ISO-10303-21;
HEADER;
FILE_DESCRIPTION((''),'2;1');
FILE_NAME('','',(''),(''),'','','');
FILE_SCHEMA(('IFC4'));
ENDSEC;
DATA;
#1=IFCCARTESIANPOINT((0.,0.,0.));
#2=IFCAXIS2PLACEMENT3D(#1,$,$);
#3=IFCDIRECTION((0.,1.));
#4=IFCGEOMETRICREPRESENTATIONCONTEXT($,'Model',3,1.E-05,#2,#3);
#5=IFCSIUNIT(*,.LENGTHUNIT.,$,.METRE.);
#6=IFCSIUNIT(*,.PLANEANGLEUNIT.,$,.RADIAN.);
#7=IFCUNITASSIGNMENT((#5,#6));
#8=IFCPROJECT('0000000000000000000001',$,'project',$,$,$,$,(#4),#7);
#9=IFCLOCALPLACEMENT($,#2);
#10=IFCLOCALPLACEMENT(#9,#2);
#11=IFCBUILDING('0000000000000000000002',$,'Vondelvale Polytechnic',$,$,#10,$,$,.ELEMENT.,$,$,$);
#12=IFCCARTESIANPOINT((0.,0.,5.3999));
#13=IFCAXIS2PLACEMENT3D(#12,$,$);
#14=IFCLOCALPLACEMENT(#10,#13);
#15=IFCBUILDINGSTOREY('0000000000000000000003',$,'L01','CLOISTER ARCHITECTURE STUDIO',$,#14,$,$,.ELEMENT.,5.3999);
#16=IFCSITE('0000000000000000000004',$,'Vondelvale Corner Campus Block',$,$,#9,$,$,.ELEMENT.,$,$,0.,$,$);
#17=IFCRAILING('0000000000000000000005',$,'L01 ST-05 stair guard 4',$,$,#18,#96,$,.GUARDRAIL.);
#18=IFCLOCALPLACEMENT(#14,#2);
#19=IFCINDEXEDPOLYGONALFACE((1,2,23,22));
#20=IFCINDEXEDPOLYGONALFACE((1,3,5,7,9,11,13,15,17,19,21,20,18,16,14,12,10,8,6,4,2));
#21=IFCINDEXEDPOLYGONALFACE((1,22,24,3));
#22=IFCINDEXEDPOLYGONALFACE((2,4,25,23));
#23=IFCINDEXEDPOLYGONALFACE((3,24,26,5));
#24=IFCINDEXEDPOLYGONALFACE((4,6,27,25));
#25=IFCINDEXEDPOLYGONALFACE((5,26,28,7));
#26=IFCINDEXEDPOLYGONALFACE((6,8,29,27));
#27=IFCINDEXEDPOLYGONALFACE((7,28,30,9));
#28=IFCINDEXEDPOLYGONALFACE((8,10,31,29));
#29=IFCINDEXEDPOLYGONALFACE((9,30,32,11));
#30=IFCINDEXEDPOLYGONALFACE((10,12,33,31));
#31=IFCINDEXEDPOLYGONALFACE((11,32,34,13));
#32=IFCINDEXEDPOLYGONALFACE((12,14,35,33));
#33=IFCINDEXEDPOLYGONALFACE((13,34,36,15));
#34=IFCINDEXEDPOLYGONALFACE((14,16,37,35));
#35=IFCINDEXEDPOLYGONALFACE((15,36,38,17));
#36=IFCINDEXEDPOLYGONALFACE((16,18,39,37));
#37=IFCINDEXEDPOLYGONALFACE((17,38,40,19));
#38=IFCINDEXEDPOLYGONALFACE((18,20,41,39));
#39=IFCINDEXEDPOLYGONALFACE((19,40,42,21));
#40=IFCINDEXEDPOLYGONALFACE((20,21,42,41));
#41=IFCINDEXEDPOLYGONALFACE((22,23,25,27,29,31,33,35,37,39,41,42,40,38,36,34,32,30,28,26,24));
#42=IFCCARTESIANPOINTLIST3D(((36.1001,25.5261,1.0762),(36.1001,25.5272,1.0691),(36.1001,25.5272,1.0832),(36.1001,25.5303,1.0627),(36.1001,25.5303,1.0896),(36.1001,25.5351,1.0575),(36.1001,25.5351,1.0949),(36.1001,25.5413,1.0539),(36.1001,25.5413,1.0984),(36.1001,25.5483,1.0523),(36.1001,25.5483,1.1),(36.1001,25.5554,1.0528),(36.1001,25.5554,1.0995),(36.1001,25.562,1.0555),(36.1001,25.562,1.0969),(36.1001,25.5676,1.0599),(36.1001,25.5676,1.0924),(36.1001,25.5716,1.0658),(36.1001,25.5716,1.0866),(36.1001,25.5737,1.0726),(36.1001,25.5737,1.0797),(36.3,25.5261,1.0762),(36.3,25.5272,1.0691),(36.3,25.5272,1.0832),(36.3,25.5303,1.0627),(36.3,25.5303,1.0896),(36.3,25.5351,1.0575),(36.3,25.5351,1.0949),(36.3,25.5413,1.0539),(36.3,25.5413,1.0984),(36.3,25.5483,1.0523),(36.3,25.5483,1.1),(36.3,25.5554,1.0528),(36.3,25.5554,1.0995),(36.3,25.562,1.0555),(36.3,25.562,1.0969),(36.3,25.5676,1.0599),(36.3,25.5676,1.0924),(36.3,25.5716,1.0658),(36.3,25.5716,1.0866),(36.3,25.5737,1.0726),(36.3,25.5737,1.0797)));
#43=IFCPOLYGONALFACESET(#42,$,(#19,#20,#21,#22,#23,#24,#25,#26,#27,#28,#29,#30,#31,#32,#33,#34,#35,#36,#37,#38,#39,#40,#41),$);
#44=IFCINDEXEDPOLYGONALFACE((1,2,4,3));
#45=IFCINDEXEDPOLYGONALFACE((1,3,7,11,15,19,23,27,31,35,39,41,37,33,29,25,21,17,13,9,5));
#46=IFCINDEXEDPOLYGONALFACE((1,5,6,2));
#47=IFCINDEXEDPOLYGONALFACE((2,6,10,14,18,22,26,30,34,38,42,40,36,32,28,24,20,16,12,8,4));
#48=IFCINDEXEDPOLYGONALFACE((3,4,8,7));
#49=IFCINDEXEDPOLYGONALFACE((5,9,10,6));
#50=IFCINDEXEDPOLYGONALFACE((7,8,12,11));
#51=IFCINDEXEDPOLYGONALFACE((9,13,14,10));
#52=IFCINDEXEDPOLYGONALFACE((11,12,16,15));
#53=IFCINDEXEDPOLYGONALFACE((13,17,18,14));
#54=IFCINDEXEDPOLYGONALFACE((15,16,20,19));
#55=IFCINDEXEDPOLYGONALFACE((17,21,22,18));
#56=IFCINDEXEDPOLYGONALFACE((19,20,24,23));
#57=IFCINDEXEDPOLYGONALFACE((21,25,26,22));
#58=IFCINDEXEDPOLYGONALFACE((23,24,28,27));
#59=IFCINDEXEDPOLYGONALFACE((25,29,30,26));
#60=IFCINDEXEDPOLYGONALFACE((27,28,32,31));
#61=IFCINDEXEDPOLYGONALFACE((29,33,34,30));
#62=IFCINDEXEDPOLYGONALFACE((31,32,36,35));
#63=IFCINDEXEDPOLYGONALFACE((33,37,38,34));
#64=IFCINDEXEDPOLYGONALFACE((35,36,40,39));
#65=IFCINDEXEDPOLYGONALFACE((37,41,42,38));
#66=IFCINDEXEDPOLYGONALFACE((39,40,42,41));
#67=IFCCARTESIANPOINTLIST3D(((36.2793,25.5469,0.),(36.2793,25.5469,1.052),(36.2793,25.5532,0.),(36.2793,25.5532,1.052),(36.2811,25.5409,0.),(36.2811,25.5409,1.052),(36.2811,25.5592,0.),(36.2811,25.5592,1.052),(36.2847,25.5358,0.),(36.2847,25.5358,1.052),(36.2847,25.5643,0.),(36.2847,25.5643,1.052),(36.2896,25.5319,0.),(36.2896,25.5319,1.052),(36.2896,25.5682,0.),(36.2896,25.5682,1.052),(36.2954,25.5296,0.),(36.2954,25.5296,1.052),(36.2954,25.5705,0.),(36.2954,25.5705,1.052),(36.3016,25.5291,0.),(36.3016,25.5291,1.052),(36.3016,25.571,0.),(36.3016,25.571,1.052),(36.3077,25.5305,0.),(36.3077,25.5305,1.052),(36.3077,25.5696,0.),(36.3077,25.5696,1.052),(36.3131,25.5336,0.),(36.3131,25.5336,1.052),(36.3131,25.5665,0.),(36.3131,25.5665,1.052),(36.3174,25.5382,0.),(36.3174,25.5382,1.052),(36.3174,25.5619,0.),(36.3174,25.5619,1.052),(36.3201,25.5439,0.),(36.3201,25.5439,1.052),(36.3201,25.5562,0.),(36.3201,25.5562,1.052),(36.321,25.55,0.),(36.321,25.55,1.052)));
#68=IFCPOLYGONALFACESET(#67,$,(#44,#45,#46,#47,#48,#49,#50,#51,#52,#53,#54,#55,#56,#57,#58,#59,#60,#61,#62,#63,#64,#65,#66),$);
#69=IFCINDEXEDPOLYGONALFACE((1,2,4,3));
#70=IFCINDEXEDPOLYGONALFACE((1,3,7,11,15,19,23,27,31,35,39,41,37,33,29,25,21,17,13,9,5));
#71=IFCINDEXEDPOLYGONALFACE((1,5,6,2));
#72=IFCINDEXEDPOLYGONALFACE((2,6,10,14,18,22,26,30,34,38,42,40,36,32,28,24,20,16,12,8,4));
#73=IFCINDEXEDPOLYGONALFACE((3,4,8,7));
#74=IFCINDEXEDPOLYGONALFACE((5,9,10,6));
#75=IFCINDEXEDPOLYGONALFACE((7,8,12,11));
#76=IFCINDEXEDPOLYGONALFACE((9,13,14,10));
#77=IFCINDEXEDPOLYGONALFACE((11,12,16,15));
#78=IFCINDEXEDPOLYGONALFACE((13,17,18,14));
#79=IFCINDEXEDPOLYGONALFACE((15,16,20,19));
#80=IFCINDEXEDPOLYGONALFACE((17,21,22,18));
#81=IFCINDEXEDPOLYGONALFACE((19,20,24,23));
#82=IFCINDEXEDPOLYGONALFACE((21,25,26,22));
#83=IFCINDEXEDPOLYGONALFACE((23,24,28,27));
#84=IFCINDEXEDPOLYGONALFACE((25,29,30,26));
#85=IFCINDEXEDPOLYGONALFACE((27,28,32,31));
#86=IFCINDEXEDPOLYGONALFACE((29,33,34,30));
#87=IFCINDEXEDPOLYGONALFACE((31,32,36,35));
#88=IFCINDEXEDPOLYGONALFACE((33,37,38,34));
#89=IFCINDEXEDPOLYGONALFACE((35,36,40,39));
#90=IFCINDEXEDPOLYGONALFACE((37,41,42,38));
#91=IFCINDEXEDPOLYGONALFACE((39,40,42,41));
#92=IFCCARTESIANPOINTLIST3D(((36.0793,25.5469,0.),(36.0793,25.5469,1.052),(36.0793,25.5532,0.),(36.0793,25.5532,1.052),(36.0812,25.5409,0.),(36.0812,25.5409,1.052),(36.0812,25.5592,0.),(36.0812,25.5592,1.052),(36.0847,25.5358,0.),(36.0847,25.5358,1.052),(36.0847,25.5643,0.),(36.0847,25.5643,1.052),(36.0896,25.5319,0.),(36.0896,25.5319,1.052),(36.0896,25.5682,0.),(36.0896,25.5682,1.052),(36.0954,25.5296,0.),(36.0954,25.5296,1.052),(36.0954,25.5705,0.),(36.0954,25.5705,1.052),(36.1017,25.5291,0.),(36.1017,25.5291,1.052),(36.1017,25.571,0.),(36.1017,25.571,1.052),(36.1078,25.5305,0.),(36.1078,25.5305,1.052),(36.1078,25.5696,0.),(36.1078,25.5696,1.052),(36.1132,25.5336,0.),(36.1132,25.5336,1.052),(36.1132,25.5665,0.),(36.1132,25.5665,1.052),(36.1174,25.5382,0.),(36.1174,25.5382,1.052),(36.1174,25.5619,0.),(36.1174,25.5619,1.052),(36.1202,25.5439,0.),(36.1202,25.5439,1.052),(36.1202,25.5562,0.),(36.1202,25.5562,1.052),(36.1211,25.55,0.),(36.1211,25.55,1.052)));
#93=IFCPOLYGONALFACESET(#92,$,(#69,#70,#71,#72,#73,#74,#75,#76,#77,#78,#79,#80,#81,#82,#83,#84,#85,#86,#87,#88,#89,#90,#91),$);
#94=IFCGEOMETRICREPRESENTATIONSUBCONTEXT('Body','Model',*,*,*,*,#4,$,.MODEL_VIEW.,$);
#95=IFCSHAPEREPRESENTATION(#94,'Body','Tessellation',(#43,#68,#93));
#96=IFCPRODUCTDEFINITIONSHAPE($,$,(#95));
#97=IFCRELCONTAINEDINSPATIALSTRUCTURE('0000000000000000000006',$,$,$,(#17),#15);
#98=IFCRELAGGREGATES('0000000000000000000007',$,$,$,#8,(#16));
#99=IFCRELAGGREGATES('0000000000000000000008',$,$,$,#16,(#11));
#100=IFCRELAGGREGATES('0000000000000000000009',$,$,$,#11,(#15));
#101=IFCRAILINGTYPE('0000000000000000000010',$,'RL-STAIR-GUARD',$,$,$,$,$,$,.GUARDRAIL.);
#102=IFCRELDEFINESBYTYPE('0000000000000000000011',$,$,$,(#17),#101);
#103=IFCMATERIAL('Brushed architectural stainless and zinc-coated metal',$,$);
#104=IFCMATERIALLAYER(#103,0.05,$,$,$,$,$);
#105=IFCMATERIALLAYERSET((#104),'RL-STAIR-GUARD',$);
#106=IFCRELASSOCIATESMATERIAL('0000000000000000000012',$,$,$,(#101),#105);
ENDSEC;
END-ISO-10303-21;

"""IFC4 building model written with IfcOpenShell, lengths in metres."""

from ifc_helpers import new_model, si_unit, direction, frame, origin, origin_2d, place, context, subcontext, project, spatial, circle, extrude, material, layer, layer_set, type_object, element, save


model = new_model("IFC4")

# Units and contexts
model_context = context("Model", 3, precision=1e-05, world=origin(), true_north=direction((0.0, 1.0)))
body_context = subcontext(model_context, "Body", "Model", "MODEL_VIEW")
ifc_project = project(units=[si_unit("LENGTHUNIT", "METRE"), si_unit("PLANEANGLEUNIT", "RADIAN")], contexts=[model_context])

# Site, building, storey
site_placement = place(None, origin())
site = spatial("IfcSite", under=ifc_project, at=site_placement, Name="Vondelvale Corner Campus Block", CompositionType="ELEMENT", RefElevation=0.0)
building_placement = place(site_placement, origin())
building = spatial("IfcBuilding", under=site, at=building_placement, Name="Vondelvale Polytechnic", CompositionType="ELEMENT")
storey_placement = place(building_placement, frame((0.0, 0.0, 5.3999)))
storey = spatial("IfcBuildingStorey", under=building, at=storey_placement, Name="L01", Description="CLOISTER ARCHITECTURE STUDIO", CompositionType="ELEMENT", Elevation=5.3999)

# Shared definitions
ifc_material_1 = material(Name="Brushed architectural stainless and zinc-coated metal")

# Railing
ifc_layer_1 = layer(ifc_material_1, 0.05)
ifc_layer_set_1 = layer_set([ifc_layer_1], Name="RL-STAIR-GUARD")
railing_type_1 = type_object("IfcRailingType", Name="RL-STAIR-GUARD", PredefinedType="GUARDRAIL", material=ifc_layer_set_1)
railing_1_placement = place(storey_placement, frame((36.3, 25.55, 0.0)))
element("IfcRailing", 1, at=railing_1_placement, inside=storey, type_object=railing_type_1, Name="L01 ST-05 stair guard 4", PredefinedType="GUARDRAIL", context=body_context, shape_type="SweptSolid", body=[
    extrude(circle(Radius=0.0239, at=origin_2d()), frame((0.0, 0.0, 1.0762), z_axis=(-1.0, 0.0, 0.0), x_axis=(0.0, -1.0, 0.0)), (0.0, 0.0, 1.0), 0.2),
    extrude(circle(Radius=0.021, at=origin_2d()), origin(), (0.0, 0.0, 1.0), 1.052),
    extrude(circle(Radius=0.021, at=origin_2d()), frame((-0.2, 0.0, 0.0)), (0.0, 0.0, 1.0), 1.052),
])

save(model, "model.ifc")
